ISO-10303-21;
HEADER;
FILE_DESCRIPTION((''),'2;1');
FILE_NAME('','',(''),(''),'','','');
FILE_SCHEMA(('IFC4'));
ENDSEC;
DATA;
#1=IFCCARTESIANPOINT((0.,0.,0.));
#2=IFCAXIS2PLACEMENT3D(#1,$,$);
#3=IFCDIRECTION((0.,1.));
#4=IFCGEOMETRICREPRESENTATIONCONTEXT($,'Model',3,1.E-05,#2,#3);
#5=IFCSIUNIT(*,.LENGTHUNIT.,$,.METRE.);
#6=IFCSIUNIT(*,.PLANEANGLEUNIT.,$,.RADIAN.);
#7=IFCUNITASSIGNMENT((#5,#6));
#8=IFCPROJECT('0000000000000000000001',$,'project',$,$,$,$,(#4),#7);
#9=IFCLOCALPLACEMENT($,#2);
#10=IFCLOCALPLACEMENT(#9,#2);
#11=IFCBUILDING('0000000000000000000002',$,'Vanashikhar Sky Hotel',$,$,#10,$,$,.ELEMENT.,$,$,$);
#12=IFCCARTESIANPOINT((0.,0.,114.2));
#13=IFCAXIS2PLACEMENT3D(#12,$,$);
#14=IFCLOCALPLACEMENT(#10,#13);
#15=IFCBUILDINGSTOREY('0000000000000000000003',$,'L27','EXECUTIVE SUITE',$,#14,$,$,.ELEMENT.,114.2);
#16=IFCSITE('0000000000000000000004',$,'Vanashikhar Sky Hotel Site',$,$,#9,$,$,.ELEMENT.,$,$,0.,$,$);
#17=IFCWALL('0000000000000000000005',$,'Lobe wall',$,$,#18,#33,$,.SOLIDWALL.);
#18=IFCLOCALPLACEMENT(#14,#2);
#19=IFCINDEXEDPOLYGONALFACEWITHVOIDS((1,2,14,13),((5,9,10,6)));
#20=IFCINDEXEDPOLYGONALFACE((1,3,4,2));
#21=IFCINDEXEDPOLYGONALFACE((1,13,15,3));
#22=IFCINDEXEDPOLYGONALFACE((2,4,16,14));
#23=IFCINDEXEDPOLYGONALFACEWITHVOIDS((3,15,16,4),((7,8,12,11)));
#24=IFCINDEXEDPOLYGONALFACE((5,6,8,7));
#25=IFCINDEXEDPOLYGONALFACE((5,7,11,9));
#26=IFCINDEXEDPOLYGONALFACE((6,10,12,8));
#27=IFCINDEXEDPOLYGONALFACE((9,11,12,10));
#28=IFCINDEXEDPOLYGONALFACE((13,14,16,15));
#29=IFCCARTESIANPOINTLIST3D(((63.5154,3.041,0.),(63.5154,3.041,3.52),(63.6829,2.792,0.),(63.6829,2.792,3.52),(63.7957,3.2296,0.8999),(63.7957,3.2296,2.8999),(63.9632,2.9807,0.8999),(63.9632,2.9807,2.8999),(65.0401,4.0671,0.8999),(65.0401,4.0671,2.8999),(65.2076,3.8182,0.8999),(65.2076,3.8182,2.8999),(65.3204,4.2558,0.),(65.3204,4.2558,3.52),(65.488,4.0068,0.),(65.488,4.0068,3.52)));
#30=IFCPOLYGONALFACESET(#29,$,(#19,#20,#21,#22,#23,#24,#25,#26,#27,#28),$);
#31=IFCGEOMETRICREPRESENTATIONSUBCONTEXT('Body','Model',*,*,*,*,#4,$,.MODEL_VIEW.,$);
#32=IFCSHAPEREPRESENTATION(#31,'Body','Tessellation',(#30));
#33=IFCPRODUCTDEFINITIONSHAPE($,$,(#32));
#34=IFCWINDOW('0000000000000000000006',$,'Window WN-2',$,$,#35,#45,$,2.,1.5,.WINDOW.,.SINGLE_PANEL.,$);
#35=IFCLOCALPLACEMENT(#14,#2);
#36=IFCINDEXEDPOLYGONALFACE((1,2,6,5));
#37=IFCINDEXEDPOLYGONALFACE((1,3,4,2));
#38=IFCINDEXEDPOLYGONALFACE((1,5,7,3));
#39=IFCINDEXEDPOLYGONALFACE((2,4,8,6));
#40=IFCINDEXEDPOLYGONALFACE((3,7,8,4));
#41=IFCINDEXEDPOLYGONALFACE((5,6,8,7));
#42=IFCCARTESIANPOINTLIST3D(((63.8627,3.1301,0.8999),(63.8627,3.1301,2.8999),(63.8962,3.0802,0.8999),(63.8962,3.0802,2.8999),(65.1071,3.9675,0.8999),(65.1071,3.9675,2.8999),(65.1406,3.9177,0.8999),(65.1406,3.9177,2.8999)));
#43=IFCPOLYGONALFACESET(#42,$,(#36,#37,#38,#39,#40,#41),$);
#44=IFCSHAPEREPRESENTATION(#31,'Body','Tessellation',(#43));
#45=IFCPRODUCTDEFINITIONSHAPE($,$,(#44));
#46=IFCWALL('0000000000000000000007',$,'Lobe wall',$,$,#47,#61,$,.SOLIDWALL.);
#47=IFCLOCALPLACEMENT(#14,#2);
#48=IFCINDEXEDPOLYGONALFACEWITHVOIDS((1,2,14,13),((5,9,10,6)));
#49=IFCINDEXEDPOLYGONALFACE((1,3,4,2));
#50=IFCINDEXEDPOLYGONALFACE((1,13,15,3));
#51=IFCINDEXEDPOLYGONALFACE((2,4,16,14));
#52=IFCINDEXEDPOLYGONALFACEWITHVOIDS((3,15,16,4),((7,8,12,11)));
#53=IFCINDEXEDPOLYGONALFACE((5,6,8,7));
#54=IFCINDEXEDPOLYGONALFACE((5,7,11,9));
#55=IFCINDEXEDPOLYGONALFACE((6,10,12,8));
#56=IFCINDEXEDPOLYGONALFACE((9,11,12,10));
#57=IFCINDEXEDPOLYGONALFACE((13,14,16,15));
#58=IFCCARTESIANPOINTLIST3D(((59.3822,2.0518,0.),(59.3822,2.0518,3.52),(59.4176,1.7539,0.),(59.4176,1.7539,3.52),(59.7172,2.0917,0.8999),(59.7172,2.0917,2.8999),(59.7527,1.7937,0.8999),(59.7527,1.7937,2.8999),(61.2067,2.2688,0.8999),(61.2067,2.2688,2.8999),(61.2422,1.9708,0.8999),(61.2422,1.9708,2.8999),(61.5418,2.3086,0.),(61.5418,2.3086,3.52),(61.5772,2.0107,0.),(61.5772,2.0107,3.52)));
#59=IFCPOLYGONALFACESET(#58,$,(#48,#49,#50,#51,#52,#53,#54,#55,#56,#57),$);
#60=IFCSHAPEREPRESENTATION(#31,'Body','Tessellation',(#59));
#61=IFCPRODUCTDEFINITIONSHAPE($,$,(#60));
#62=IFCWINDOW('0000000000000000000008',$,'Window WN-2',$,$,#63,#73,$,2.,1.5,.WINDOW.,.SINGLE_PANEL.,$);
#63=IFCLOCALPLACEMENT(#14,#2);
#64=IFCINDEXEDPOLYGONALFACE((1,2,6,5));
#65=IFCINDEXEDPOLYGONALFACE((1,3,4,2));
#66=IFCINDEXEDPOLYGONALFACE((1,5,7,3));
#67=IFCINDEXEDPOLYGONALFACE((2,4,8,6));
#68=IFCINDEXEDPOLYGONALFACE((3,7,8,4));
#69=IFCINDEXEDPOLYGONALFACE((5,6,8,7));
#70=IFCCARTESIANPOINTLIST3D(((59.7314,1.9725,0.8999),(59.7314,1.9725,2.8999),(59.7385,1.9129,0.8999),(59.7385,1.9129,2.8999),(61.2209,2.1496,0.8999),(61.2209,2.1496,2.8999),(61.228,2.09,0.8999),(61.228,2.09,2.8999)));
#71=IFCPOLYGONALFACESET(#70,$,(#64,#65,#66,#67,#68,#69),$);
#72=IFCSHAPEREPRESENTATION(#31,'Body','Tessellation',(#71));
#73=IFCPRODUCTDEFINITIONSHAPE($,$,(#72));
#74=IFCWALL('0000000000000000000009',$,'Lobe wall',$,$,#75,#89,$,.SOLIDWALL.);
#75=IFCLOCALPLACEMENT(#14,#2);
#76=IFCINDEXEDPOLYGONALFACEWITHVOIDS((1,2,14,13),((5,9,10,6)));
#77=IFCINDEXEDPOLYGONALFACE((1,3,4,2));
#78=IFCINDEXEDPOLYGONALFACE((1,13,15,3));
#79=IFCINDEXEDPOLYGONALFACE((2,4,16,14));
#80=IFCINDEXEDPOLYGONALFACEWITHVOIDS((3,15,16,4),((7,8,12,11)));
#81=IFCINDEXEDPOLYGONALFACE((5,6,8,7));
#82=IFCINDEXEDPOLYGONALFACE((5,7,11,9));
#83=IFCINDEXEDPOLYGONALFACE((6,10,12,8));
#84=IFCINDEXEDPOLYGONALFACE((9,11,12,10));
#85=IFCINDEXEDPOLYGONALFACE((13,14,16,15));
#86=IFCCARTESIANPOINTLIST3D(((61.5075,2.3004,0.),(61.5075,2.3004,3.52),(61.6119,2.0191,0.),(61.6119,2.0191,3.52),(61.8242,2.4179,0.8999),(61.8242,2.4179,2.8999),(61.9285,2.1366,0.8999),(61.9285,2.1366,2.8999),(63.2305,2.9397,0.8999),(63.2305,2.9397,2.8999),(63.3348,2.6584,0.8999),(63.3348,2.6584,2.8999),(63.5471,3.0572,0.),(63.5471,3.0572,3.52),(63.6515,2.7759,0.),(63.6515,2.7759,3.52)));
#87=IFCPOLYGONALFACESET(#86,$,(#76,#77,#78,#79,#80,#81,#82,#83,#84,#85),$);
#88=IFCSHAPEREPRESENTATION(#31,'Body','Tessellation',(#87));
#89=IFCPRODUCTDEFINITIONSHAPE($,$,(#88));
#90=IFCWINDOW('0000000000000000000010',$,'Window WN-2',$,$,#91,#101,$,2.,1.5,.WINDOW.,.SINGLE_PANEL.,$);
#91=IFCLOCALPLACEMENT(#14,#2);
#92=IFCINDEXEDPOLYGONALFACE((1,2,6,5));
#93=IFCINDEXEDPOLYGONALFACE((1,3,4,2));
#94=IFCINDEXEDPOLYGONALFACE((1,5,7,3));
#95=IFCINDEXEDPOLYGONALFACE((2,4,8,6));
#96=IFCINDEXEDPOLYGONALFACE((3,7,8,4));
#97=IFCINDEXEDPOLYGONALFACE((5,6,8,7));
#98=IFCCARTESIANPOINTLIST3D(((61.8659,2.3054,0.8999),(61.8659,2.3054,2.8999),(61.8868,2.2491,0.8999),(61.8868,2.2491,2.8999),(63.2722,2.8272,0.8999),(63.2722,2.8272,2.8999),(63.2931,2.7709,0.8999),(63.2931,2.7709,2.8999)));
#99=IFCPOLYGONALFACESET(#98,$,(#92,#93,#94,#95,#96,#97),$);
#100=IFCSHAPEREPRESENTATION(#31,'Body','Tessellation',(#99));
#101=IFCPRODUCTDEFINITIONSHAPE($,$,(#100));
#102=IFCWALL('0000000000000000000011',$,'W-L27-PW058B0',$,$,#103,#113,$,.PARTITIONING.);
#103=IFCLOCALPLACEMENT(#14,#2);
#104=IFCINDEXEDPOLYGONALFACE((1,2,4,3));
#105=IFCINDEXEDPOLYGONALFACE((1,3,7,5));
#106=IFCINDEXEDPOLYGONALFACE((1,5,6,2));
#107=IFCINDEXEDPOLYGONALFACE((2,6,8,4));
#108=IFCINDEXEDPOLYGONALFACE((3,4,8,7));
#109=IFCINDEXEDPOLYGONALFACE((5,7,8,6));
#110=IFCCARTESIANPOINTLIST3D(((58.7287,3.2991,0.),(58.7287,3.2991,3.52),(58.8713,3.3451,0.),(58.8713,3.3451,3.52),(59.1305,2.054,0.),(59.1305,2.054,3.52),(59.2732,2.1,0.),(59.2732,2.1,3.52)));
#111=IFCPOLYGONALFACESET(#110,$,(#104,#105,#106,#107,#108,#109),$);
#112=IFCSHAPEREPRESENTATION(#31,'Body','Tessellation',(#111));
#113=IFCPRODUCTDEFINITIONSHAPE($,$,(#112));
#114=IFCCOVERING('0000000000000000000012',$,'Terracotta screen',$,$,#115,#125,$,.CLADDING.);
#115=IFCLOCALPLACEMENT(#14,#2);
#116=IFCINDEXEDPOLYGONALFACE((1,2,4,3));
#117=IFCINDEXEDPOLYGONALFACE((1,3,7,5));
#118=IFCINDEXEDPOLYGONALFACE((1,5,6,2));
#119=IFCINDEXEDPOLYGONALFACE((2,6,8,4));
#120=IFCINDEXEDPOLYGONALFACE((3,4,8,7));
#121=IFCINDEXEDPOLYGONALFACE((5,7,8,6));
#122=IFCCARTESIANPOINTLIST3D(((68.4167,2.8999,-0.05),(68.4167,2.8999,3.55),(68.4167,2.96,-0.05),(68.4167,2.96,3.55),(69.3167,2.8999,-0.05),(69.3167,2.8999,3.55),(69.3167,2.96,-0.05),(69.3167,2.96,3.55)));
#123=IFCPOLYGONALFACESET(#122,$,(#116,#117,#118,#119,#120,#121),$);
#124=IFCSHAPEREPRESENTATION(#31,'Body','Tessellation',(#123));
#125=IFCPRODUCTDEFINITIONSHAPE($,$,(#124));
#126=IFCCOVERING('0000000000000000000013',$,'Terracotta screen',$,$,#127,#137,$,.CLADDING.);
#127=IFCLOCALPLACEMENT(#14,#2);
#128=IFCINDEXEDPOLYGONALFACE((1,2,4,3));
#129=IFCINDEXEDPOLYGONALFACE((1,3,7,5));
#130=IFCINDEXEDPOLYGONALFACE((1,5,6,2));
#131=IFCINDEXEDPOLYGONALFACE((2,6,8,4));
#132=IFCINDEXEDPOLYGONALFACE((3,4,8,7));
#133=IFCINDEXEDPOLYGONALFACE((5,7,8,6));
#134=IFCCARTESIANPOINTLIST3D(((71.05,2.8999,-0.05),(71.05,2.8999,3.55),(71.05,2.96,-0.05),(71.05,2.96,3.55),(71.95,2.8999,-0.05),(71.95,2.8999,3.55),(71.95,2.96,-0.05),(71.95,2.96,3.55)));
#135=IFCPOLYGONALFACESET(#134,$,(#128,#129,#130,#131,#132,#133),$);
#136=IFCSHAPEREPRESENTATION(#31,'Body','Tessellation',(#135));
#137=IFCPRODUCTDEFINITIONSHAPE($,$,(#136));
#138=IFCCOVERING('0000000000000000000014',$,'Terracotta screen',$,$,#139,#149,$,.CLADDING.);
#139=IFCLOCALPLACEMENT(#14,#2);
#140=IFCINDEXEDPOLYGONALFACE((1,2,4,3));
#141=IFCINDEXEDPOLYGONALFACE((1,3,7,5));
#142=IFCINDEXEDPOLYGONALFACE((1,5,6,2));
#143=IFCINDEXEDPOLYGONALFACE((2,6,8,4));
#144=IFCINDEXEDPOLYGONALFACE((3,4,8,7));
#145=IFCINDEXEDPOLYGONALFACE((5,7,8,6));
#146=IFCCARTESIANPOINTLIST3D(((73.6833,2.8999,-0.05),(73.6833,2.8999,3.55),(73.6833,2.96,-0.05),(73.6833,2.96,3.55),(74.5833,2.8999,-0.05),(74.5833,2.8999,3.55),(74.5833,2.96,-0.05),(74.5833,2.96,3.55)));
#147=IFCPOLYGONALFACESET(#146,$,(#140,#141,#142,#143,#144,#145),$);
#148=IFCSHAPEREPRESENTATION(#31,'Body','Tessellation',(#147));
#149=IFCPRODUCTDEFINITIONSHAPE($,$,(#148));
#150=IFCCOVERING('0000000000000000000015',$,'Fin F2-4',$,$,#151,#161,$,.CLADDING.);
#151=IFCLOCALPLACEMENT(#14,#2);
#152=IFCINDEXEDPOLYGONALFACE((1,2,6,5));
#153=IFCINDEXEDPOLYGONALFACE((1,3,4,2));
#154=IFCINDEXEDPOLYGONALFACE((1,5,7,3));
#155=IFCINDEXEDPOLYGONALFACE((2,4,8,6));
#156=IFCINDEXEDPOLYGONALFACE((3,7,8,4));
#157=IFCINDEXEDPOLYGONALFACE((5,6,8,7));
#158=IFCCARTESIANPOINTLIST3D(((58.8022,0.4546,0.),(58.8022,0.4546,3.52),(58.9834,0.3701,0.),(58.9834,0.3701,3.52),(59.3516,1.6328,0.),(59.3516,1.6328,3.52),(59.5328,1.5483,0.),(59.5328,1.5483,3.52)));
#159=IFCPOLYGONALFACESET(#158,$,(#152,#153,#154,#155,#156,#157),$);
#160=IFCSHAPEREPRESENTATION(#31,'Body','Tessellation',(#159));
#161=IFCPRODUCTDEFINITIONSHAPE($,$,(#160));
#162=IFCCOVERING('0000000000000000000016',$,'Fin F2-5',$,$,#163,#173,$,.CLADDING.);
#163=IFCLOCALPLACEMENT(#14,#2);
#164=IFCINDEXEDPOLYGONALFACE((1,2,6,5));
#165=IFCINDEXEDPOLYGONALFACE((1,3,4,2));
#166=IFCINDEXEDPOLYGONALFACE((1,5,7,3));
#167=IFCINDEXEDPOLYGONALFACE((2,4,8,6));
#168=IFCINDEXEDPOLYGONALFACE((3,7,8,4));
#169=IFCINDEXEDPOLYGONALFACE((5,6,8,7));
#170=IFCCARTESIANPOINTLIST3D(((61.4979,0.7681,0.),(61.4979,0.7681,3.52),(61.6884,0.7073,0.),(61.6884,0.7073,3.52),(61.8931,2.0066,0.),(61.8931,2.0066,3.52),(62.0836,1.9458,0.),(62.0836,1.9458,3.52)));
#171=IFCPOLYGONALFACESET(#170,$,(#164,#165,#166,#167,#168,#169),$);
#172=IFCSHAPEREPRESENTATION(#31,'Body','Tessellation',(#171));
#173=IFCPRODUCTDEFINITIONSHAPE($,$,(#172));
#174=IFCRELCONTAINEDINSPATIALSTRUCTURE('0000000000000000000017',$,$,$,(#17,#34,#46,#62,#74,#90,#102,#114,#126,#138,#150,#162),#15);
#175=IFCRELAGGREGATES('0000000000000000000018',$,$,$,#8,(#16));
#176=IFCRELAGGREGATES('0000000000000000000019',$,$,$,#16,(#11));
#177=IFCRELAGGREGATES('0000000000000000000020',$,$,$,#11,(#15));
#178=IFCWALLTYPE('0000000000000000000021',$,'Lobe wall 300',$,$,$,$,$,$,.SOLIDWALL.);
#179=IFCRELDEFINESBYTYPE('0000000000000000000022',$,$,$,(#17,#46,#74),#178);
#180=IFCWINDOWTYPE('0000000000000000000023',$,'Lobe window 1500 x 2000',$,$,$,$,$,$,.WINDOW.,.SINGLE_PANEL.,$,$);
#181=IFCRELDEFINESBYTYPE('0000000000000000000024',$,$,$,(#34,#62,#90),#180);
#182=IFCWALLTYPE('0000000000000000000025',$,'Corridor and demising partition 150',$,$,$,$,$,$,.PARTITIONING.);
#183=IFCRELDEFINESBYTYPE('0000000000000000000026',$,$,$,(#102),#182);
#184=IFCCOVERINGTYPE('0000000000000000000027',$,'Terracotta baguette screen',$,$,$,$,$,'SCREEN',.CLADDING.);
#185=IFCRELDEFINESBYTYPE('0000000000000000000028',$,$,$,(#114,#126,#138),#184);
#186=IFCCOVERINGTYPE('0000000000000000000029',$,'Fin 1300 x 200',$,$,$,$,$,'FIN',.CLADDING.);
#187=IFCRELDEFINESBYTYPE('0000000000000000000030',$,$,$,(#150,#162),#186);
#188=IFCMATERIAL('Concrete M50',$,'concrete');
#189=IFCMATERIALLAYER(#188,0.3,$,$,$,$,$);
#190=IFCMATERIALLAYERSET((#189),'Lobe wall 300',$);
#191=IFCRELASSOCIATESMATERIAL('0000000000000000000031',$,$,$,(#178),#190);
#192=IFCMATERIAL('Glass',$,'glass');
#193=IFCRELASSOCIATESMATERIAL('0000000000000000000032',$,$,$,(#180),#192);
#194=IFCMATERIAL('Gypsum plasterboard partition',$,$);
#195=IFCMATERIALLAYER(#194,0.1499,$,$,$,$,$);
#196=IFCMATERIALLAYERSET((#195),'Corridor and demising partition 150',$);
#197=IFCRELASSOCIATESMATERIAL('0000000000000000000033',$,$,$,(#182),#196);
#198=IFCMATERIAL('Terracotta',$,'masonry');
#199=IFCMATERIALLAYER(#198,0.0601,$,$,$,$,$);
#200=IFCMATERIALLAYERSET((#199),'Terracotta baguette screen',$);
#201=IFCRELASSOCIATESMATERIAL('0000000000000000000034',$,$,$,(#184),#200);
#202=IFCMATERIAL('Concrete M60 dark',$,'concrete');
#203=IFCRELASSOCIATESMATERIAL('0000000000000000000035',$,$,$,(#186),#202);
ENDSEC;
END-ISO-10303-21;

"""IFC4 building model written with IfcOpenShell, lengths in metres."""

from ifc_helpers import new_model, si_unit, direction, frame, frame_2d, origin, origin_2d, place, context, subcontext, project, spatial, rectangle, extrude, source, transform, mapped, material, layer, layer_set, material_profile, profile_set, type_object, element, fill, save


model = new_model("IFC4")

# Units and contexts
model_context = context("Model", 3, precision=1e-05, world=origin(), true_north=direction((0.0, 1.0)))
body_context = subcontext(model_context, "Body", "Model", "MODEL_VIEW")
ifc_project = project(units=[si_unit("LENGTHUNIT", "METRE"), si_unit("PLANEANGLEUNIT", "RADIAN")], contexts=[model_context])

# Site, building, storey
site_placement = place(None, origin())
site = spatial("IfcSite", under=ifc_project, at=site_placement, Name="Vanashikhar Sky Hotel Site", CompositionType="ELEMENT", RefElevation=0.0)
building_placement = place(site_placement, origin())
building = spatial("IfcBuilding", under=site, at=building_placement, Name="Vanashikhar Sky Hotel", CompositionType="ELEMENT")
storey_placement = place(building_placement, frame((0.0, 0.0, 114.2)))
storey = spatial("IfcBuildingStorey", under=building, at=storey_placement, Name="L27", Description="EXECUTIVE SUITE", CompositionType="ELEMENT", Elevation=114.2)

# Walls, openings, windows
ifc_material_1 = material(Name="Concrete M50", Category="concrete")
ifc_layer_1 = layer(ifc_material_1, 0.3)
ifc_layer_set_1 = layer_set([ifc_layer_1], Name="Lobe wall 300")
wall_type_1 = type_object("IfcWallType", Name="Lobe wall 300", PredefinedType="SOLIDWALL", material=ifc_layer_set_1)
shared_shape_1 = source(origin(), body_context, "Body", "SweptSolid", [
    extrude(rectangle(XDim=2.1758, YDim=0.3, at=frame_2d((1.0879, 0.0))), origin(), (0.0, 0.0, 1.0), 3.52),
])
wall_1_placement = place(storey_placement, frame((63.5991, 2.9165, 0.0), z_axis=(0.0, 0.0, 1.0), x_axis=(0.829626, 0.55832, 0.0)))
wall_1 = element("IfcWall", 1, at=wall_1_placement, inside=storey, type_object=wall_type_1, Name="Lobe wall", PredefinedType="SOLIDWALL", context=body_context, shape_type="MappedRepresentation", body=[
    mapped(shared_shape_1, transform((0.0, 0.0, 0.0), scale=1.0)),
])
shared_shape_2 = source(origin(), body_context, "Body", "SweptSolid", [
    extrude(rectangle(XDim=1.5, YDim=2.0, at=frame_2d((0.75, 1.0))), frame((0.0, 0.1602, 0.0), z_axis=(0.0, -1.0, 0.0), x_axis=(1.0, 0.0, 0.0)), (0.0, 0.0, 1.0), 0.3201),
])
opening_1_placement = place(wall_1_placement, frame((0.3379, 0.0, 0.8999)))
opening_1 = element("IfcOpeningElement", 2, at=opening_1_placement, cuts=wall_1, PredefinedType="OPENING", context=body_context, shape_type="MappedRepresentation", body=[
    mapped(shared_shape_2, transform((0.0, 0.0, 0.0), scale=1.0)),
])
ifc_material_2 = material(Name="Glass", Category="glass")
window_type = type_object("IfcWindowType", Name="Lobe window 1500 x 2000", PartitioningType="SINGLE_PANEL", PredefinedType="WINDOW", material=ifc_material_2)
shared_shape_3 = source(origin(), body_context, "Body", "SweptSolid", [
    extrude(rectangle(XDim=1.5, YDim=2.0, at=frame_2d((0.75, 1.0))), frame((0.0, 0.03, 0.0), z_axis=(0.0, -1.0, 0.0), x_axis=(1.0, 0.0, 0.0)), (0.0, 0.0, 1.0), 0.0601),
])
window_1_placement = place(opening_1_placement, origin())
window_1 = element("IfcWindow", 3, at=window_1_placement, inside=storey, type_object=window_type, Name="Window WN-2", OverallHeight=2.0, OverallWidth=1.5, PartitioningType="SINGLE_PANEL", PredefinedType="WINDOW", context=body_context, shape_type="MappedRepresentation", body=[
    mapped(shared_shape_3, transform((0.0, 0.0, 0.0), scale=1.0)),
])
fill(opening_1, window_1)
shared_shape_4 = source(origin(), body_context, "Body", "SweptSolid", [
    extrude(rectangle(XDim=2.1748, YDim=0.3, at=frame_2d((1.0874, 0.0))), origin(), (0.0, 0.0, 1.0), 3.52),
])
wall_2_placement = place(storey_placement, frame((59.3999, 1.9028, 0.0), z_axis=(0.0, 0.0, 1.0), x_axis=(0.993003, 0.118092, 0.0)))
wall_2 = element("IfcWall", 4, at=wall_2_placement, inside=storey, type_object=wall_type_1, Name="Lobe wall", PredefinedType="SOLIDWALL", context=body_context, shape_type="MappedRepresentation", body=[
    mapped(shared_shape_4, transform((0.0, 0.0, 0.0), scale=1.0)),
])
opening_2_placement = place(wall_2_placement, frame((0.3374, 0.0, 0.8999)))
opening_2 = element("IfcOpeningElement", 5, at=opening_2_placement, cuts=wall_2, PredefinedType="OPENING", context=body_context, shape_type="MappedRepresentation", body=[
    mapped(shared_shape_2, transform((0.0, 0.0, 0.0), scale=1.0)),
])
window_2_placement = place(opening_2_placement, origin())
window_2 = element("IfcWindow", 6, at=window_2_placement, inside=storey, type_object=window_type, Name="Window WN-2", OverallHeight=2.0, OverallWidth=1.5, PartitioningType="SINGLE_PANEL", PredefinedType="WINDOW", context=body_context, shape_type="MappedRepresentation", body=[
    mapped(shared_shape_3, transform((0.0, 0.0, 0.0), scale=1.0)),
])
fill(opening_2, window_2)
shared_shape_5 = source(origin(), body_context, "Body", "SweptSolid", [
    extrude(rectangle(XDim=2.1755, YDim=0.3, at=frame_2d((1.0879, 0.0))), origin(), (0.0, 0.0, 1.0), 3.52),
])
wall_3_placement = place(storey_placement, frame((61.5596, 2.1597, 0.0), z_axis=(0.0, 0.0, 1.0), x_axis=(0.937532, 0.347899, 0.0)))
wall_3 = element("IfcWall", 7, at=wall_3_placement, inside=storey, type_object=wall_type_1, Name="Lobe wall", PredefinedType="SOLIDWALL", context=body_context, shape_type="MappedRepresentation", body=[
    mapped(shared_shape_5, transform((0.0, 0.0, 0.0), scale=1.0)),
])
opening_3_placement = place(wall_3_placement, frame((0.3379, 0.0, 0.8999)))
opening_3 = element("IfcOpeningElement", 8, at=opening_3_placement, cuts=wall_3, PredefinedType="OPENING", context=body_context, shape_type="MappedRepresentation", body=[
    mapped(shared_shape_2, transform((0.0, 0.0, 0.0), scale=1.0)),
])
window_3_placement = place(opening_3_placement, origin())
window_3 = element("IfcWindow", 9, at=window_3_placement, inside=storey, type_object=window_type, Name="Window WN-2", OverallHeight=2.0, OverallWidth=1.5, PartitioningType="SINGLE_PANEL", PredefinedType="WINDOW", context=body_context, shape_type="MappedRepresentation", body=[
    mapped(shared_shape_3, transform((0.0, 0.0, 0.0), scale=1.0)),
])
fill(opening_3, window_3)

# Wall
ifc_material_3 = material(Name="Gypsum plasterboard partition")
ifc_layer_2 = layer(ifc_material_3, 0.1499)
ifc_layer_set_2 = layer_set([ifc_layer_2], Name="Corridor and demising partition 150")
wall_type_2 = type_object("IfcWallType", Name="Corridor and demising partition 150", PredefinedType="PARTITIONING", material=ifc_layer_set_2)
shared_shape_6 = source(origin(), body_context, "Body", "SweptSolid", [
    extrude(rectangle(XDim=1.3083, YDim=0.1499, at=frame_2d((0.6543, 0.0))), origin(), (0.0, 0.0, 1.0), 3.52),
])
wall_4_placement = place(storey_placement, frame((59.2019, 2.0769, 0.0), z_axis=(0.0, 0.0, 1.0), x_axis=(-0.307145, 0.951663, 0.0)))
element("IfcWall", 10, at=wall_4_placement, inside=storey, type_object=wall_type_2, Name="W-L27-PW058B0", PredefinedType="PARTITIONING", context=body_context, shape_type="MappedRepresentation", body=[
    mapped(shared_shape_6, transform((0.0, 0.0, 0.0), scale=1.0)),
])

# Coverings
ifc_material_4 = material(Name="Terracotta", Category="masonry")
ifc_layer_3 = layer(ifc_material_4, 0.0601)
ifc_layer_set_3 = layer_set([ifc_layer_3], Name="Terracotta baguette screen")
covering_type_1 = type_object("IfcCoveringType", Name="Terracotta baguette screen", ElementType="SCREEN", PredefinedType="CLADDING", material=ifc_layer_set_3)
shared_shape_7 = source(origin(), body_context, "Body", "SweptSolid", [
    extrude(rectangle(XDim=0.8999, YDim=0.0601, at=origin_2d()), origin(), (0.0, 0.0, 1.0), 3.6001),
])
for number, where, z_axis, x_axis, name in (
    (11, (68.8667, 2.9299, -0.05), (0.0, 0.0, 1.0), (1.0, 0.0, 0.0), "Terracotta screen"),
    (12, (71.5, 2.9299, -0.05), (0.0, 0.0, 1.0), (1.0, 0.0, 0.0), "Terracotta screen"),
    (13, (74.1333, 2.9299, -0.05), (0.0, 0.0, 1.0), (1.0, 0.0, 0.0), "Terracotta screen"),
):
    element("IfcCovering", number, at=place(storey_placement, frame(where, z_axis=z_axis, x_axis=x_axis)), inside=storey, type_object=covering_type_1, Name=name, PredefinedType="CLADDING", context=body_context, shape_type="MappedRepresentation", body=[
        mapped(shared_shape_7, transform((0.0, 0.0, 0.0), scale=1.0)),
    ])
ifc_material_5 = material(Name="Concrete M60 dark", Category="concrete")
ifc_material_profile = material_profile(ifc_material_5, rectangle(XDim=1.3, YDim=0.2, at=origin_2d()))
ifc_profile_set = profile_set([ifc_material_profile], Name="Fin 1300 x 200")
covering_type_2 = type_object("IfcCoveringType", Name="Fin 1300 x 200", ElementType="FIN", PredefinedType="CLADDING", material=ifc_profile_set)
shared_shape_8 = source(origin(), body_context, "Body", "SweptSolid", [
    extrude(rectangle(XDim=1.3, YDim=0.2, at=origin_2d()), origin(), (0.0, 0.0, 1.0), 3.52),
])
for number, where, z_axis, x_axis, name in (
    (14, (59.1675, 1.0015, 0.0), (0.0, 0.0, 1.0), (-0.422618, -0.906308, 0.0), "Fin F2-4"),
    (15, (61.7908, 1.3569, 0.0), (0.0, 0.0, 1.0), (-0.303967, -0.952683, 0.0), "Fin F2-5"),
):
    element("IfcCovering", number, at=place(storey_placement, frame(where, z_axis=z_axis, x_axis=x_axis)), inside=storey, type_object=covering_type_2, Name=name, PredefinedType="CLADDING", context=body_context, shape_type="MappedRepresentation", body=[
        mapped(shared_shape_8, transform((0.0, 0.0, 0.0), scale=1.0)),
    ])

save(model, "model.ifc")
